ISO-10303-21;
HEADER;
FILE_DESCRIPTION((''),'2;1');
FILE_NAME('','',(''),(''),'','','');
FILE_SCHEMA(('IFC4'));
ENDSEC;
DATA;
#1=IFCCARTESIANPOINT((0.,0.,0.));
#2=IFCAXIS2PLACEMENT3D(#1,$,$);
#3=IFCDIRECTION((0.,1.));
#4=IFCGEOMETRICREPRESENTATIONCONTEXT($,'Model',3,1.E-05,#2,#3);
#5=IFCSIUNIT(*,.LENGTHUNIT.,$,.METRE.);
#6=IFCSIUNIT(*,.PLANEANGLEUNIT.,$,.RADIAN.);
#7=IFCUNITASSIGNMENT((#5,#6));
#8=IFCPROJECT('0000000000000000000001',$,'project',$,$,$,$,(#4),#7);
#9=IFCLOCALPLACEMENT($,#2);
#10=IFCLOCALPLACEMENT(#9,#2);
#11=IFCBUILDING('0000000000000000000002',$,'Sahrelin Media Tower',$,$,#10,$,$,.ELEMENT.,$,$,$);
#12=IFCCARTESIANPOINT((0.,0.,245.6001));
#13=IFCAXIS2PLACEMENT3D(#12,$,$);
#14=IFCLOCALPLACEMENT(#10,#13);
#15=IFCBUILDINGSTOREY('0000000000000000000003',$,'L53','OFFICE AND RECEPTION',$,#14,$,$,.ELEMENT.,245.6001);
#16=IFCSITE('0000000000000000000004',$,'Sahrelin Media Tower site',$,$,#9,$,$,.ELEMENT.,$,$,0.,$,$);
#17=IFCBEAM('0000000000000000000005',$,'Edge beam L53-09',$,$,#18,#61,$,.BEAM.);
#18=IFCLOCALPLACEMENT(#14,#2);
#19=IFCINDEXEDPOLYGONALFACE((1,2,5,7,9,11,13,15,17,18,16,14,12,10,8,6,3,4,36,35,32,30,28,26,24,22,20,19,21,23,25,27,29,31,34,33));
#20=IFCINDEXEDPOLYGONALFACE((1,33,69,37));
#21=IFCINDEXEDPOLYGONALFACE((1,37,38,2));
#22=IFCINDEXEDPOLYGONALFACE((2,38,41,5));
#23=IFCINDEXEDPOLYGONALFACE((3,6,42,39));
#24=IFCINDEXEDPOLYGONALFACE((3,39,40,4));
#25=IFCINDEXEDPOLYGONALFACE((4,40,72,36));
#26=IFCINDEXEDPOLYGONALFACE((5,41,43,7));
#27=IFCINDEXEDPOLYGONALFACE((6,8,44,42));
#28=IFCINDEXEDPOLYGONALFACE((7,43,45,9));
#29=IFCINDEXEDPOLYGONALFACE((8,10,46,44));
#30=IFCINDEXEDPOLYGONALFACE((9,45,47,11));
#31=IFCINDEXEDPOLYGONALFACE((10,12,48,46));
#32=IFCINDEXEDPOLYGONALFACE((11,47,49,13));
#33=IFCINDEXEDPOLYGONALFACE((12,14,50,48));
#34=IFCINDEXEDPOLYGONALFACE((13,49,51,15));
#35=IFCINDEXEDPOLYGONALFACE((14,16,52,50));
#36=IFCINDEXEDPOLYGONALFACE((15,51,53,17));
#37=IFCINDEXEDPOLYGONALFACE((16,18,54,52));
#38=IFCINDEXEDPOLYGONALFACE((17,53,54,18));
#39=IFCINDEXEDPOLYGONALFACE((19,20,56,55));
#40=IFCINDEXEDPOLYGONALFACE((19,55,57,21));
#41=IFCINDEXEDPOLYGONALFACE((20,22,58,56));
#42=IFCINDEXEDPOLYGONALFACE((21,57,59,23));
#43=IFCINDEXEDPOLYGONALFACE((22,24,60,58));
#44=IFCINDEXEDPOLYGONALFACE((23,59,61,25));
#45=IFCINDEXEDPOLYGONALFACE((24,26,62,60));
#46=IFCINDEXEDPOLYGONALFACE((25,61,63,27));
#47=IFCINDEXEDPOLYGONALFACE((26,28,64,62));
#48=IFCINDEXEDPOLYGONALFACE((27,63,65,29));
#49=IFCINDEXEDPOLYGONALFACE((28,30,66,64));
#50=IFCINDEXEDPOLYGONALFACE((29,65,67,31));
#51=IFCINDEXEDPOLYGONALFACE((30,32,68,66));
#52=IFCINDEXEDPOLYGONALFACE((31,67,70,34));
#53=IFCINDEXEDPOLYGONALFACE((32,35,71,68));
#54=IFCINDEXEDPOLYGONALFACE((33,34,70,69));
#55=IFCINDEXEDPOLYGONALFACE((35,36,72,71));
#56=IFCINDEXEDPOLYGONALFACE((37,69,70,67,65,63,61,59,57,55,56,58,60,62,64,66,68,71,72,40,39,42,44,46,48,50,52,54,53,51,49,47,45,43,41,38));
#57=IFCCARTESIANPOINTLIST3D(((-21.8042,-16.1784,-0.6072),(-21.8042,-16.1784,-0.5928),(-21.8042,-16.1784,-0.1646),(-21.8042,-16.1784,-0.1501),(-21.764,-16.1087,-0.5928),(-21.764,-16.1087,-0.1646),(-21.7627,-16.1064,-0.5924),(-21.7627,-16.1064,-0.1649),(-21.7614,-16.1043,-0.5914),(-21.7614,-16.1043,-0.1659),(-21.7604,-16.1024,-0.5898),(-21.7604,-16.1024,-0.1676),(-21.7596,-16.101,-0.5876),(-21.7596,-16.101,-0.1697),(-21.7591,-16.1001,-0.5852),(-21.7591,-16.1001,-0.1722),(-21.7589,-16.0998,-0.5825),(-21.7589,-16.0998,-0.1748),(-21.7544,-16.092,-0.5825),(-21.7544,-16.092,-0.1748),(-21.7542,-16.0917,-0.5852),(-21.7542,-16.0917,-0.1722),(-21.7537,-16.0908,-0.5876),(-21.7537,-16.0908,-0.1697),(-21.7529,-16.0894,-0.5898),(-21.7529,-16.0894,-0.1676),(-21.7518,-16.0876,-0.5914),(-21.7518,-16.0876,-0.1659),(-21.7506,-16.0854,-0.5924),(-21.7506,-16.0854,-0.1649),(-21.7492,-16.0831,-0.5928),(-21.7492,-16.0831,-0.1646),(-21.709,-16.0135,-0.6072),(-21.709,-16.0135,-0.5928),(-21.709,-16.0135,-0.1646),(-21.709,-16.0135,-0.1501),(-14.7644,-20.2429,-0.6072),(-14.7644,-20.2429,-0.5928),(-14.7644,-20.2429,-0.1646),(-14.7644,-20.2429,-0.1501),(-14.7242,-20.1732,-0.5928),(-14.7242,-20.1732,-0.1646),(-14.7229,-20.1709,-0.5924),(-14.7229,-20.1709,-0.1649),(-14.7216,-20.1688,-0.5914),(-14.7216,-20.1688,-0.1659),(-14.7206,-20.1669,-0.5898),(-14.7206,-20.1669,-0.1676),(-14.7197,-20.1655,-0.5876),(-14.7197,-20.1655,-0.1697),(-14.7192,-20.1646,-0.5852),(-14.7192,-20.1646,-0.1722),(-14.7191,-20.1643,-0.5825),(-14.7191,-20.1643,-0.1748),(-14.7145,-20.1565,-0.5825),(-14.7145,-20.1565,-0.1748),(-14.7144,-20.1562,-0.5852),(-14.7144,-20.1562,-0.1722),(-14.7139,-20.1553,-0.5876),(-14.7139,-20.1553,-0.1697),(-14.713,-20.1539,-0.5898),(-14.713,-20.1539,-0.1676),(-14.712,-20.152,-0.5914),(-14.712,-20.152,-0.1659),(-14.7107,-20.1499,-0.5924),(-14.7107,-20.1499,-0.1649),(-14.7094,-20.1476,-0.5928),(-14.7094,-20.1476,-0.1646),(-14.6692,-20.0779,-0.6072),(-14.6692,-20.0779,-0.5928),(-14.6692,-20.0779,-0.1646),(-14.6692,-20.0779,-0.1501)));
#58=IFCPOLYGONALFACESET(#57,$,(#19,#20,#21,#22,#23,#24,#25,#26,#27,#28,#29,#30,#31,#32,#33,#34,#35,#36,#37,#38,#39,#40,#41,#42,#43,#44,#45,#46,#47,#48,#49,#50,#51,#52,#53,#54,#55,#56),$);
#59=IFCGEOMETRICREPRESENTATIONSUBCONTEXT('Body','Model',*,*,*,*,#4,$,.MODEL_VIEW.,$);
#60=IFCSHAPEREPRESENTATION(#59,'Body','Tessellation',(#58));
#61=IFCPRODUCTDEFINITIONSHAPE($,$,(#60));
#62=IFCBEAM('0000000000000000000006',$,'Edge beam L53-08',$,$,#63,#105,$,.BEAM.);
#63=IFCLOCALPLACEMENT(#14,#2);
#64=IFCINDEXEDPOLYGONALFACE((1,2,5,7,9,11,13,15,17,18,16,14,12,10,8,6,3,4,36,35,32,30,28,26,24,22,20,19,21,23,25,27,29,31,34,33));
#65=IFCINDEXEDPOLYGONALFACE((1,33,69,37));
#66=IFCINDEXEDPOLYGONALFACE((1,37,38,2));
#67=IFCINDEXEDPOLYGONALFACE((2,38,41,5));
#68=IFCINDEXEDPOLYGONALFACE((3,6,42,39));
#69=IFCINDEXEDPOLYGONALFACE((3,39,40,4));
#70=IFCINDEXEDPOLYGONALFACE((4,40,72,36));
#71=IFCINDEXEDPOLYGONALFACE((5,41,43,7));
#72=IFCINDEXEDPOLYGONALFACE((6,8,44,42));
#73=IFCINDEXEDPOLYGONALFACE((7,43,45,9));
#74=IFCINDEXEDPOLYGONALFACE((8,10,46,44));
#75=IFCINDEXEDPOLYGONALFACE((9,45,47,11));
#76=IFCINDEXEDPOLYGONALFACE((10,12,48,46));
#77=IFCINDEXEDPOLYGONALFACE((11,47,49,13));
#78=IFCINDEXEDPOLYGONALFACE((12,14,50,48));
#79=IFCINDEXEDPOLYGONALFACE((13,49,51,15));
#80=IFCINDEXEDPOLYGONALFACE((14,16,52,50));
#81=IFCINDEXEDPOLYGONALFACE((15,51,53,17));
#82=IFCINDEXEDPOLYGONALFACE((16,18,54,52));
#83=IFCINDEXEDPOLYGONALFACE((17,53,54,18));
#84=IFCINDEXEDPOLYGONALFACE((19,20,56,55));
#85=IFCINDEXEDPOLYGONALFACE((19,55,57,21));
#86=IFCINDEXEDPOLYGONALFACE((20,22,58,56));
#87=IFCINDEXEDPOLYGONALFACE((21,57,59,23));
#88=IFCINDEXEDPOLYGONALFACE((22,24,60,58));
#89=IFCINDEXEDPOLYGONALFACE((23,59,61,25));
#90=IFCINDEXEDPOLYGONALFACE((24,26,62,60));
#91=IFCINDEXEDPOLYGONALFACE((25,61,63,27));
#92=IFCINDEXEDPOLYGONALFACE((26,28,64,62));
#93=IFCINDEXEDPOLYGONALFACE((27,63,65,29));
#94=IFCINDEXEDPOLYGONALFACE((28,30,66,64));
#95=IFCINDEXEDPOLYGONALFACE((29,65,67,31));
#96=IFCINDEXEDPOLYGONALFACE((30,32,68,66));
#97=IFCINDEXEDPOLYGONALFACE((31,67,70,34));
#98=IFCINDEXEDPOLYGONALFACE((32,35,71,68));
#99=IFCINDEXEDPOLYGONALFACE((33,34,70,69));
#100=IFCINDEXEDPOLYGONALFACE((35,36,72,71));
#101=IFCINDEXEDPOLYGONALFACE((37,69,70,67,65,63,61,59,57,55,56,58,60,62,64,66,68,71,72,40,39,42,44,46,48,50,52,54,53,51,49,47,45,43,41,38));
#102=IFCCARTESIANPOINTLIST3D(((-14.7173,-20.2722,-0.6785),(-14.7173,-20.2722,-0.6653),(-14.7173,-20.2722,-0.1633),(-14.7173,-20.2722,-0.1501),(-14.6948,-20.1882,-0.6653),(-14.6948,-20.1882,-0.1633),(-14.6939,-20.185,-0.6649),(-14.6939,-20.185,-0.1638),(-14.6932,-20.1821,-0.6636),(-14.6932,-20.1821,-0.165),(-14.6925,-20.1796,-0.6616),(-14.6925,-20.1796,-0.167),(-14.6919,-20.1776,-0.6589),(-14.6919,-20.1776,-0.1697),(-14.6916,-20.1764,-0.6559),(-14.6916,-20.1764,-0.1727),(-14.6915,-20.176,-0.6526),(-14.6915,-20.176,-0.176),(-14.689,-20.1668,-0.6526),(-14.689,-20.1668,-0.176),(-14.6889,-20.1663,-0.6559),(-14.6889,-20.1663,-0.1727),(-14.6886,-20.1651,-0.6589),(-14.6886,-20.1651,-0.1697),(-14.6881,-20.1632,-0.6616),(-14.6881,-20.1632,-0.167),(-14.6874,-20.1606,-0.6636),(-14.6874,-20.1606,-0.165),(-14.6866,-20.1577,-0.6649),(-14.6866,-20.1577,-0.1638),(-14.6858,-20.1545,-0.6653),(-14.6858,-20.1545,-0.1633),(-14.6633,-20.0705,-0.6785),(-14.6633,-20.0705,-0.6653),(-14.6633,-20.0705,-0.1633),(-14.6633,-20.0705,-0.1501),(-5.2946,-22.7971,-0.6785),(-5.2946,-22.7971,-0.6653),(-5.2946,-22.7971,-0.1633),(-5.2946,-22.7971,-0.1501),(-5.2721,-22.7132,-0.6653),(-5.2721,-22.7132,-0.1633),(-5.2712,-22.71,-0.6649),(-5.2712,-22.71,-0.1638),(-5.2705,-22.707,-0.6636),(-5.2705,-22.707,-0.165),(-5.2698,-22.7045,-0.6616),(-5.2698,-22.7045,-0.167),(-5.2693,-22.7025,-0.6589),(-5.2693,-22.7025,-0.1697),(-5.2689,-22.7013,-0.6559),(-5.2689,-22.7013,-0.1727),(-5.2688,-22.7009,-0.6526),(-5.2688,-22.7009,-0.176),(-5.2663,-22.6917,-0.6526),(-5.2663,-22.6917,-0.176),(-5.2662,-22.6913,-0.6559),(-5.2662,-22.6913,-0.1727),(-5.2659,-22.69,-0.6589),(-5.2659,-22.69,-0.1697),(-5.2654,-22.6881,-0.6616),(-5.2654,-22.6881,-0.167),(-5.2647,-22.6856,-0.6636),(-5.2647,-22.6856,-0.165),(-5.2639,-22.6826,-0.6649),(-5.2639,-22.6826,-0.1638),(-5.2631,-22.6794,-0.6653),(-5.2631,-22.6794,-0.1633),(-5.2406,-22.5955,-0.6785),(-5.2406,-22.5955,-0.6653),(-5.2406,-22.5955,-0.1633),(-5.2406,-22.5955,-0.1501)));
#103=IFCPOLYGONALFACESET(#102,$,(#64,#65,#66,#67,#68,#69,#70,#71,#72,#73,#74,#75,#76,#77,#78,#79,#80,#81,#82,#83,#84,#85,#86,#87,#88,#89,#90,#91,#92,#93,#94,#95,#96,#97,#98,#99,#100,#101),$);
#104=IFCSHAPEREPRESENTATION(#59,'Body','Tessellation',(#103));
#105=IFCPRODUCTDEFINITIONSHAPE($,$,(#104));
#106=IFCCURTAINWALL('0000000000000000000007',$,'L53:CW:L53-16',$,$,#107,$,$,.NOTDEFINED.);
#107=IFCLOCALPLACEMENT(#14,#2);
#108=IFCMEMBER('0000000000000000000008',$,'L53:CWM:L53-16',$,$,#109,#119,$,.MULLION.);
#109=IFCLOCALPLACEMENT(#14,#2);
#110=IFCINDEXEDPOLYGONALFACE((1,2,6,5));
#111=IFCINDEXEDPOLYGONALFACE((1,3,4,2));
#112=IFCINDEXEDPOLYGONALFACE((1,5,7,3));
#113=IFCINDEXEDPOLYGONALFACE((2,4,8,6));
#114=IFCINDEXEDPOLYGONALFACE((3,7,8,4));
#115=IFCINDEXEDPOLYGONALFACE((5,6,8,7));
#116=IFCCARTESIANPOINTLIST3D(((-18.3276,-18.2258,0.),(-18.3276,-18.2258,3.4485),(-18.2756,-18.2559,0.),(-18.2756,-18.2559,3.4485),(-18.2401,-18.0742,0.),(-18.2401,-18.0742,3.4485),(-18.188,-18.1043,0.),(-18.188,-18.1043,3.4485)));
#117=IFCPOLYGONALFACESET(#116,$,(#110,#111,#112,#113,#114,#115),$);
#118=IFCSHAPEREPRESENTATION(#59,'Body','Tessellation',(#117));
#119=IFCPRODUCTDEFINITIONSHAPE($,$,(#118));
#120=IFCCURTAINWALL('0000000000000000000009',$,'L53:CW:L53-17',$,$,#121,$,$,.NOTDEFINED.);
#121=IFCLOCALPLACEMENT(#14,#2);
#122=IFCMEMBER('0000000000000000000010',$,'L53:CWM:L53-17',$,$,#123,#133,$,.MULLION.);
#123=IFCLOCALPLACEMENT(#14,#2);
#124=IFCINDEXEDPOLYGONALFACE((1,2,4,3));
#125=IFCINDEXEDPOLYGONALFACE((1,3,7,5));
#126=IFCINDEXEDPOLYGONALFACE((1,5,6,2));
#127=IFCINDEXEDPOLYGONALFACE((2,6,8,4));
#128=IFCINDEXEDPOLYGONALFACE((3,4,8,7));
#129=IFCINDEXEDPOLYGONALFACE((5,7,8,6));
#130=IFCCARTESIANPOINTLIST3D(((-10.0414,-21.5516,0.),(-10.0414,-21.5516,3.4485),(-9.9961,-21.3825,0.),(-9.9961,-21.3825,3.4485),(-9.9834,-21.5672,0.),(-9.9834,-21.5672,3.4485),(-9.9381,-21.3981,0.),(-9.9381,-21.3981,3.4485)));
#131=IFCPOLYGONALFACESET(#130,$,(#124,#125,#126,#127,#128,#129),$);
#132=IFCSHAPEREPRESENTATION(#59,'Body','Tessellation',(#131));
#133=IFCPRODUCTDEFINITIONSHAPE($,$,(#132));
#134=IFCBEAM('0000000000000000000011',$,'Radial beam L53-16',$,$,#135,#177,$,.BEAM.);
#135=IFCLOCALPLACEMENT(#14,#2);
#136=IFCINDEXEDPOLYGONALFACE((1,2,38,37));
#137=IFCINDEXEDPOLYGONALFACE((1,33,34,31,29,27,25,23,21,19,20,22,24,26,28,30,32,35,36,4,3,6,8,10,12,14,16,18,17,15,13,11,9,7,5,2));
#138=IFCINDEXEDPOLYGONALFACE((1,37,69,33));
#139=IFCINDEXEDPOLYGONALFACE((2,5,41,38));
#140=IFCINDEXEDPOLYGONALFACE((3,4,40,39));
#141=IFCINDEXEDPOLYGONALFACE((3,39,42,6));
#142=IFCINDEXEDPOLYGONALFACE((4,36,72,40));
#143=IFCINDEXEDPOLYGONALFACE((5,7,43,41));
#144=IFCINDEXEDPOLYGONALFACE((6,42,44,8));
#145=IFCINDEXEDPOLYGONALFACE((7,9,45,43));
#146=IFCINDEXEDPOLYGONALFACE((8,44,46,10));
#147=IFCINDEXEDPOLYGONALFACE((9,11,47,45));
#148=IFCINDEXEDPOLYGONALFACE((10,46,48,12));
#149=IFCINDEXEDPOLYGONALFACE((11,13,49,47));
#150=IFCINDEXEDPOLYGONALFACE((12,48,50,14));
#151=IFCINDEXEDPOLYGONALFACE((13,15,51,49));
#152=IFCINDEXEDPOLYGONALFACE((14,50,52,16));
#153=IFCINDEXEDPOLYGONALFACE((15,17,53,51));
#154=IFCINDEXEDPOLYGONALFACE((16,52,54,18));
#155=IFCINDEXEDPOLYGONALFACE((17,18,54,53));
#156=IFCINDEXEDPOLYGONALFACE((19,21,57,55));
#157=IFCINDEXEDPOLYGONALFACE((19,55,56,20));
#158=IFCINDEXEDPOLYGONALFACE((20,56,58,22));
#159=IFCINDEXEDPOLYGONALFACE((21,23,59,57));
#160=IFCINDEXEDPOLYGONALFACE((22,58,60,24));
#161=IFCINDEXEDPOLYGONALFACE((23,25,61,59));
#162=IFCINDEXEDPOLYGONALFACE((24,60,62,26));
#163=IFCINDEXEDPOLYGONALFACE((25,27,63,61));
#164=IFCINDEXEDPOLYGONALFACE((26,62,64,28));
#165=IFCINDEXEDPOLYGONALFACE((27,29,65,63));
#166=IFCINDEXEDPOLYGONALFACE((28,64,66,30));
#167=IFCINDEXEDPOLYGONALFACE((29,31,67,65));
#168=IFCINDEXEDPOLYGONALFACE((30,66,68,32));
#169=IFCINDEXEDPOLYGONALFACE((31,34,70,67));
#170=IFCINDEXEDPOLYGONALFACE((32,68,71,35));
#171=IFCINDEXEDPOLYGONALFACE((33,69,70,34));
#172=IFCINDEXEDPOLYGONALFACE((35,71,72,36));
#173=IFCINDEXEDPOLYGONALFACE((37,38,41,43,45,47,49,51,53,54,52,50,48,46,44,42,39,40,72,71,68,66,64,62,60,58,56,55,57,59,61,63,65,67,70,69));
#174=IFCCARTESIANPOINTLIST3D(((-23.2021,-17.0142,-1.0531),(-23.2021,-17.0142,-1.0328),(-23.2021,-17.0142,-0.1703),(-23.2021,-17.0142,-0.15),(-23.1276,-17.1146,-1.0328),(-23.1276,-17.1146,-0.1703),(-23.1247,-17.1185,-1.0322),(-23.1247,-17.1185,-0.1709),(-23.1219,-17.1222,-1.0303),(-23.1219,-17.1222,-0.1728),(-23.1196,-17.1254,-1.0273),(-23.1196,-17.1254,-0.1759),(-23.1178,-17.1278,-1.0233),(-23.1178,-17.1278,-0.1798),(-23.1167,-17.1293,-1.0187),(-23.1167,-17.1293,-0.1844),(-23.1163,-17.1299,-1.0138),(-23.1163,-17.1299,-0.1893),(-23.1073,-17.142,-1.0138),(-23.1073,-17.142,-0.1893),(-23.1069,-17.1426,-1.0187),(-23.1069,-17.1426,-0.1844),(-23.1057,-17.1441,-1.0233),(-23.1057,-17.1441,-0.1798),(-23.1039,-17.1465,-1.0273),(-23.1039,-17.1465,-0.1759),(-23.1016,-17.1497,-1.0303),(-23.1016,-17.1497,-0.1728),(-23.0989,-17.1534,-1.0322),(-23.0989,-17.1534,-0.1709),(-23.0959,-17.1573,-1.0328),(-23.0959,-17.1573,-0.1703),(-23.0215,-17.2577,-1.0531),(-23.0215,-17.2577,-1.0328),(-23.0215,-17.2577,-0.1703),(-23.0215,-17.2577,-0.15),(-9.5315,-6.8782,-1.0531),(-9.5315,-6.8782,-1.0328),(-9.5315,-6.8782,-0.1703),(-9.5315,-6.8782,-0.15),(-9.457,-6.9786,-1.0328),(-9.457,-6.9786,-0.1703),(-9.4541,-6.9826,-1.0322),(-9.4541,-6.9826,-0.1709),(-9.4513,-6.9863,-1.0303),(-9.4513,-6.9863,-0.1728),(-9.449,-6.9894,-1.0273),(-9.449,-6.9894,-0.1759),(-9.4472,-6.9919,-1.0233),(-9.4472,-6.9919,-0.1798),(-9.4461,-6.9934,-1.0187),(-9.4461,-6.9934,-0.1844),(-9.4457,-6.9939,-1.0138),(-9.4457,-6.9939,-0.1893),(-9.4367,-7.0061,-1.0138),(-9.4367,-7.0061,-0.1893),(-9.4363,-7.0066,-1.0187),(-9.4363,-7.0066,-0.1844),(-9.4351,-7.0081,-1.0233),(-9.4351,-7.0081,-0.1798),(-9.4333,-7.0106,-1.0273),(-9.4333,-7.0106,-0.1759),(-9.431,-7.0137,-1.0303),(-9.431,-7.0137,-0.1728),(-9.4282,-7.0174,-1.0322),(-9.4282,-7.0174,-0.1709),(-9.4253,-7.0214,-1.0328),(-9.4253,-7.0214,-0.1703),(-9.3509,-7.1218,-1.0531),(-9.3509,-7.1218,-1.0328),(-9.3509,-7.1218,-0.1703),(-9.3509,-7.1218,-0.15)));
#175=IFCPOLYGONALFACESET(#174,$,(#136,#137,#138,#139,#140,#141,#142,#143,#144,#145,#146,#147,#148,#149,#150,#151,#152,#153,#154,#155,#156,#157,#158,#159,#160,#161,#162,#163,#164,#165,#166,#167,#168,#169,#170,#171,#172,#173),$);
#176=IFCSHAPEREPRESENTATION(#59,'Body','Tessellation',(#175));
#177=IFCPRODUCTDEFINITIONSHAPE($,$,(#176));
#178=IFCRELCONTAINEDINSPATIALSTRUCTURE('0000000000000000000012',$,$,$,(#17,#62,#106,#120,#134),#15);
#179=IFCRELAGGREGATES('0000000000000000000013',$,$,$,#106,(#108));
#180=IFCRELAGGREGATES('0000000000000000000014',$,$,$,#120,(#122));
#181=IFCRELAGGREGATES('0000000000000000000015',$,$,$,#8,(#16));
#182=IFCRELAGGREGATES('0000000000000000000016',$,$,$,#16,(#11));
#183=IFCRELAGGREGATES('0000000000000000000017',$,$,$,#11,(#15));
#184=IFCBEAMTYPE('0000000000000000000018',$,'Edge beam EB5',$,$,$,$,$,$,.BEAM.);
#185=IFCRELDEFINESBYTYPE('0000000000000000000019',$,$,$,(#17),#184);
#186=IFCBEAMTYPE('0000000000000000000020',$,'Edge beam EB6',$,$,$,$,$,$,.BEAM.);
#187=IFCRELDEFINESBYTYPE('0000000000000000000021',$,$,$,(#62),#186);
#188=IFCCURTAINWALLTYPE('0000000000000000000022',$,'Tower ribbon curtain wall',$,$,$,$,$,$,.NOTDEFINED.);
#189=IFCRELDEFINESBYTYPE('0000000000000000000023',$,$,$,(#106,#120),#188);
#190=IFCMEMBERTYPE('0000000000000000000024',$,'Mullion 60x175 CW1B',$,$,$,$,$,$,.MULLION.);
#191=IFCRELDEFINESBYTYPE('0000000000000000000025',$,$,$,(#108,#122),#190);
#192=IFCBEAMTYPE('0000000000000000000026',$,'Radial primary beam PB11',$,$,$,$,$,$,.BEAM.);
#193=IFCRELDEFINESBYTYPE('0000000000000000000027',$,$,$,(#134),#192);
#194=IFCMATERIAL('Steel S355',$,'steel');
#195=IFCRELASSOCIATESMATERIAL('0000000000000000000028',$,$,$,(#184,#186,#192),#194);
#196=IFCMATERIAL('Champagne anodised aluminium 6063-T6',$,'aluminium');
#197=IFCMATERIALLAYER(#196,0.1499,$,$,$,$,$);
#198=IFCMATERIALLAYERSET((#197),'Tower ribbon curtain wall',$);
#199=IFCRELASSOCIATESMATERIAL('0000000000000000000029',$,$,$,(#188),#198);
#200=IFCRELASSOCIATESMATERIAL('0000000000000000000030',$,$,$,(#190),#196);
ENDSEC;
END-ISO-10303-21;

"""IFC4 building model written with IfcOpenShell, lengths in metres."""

from ifc_helpers import new_model, si_unit, direction, frame, origin, origin_2d, place, context, subcontext, project, spatial, rectangle, i_section, extrude, material, layer, layer_set, material_profile, profile_set, type_object, element, aggregate, save


model = new_model("IFC4")

# Units and contexts
model_context = context("Model", 3, precision=1e-05, world=origin(), true_north=direction((0.0, 1.0)))
body_context = subcontext(model_context, "Body", "Model", "MODEL_VIEW")
ifc_project = project(units=[si_unit("LENGTHUNIT", "METRE"), si_unit("PLANEANGLEUNIT", "RADIAN")], contexts=[model_context])

# Site, building, storey
site_placement = place(None, origin())
site = spatial("IfcSite", under=ifc_project, at=site_placement, Name="Sahrelin Media Tower site", CompositionType="ELEMENT", RefElevation=0.0)
building_placement = place(site_placement, origin())
building = spatial("IfcBuilding", under=site, at=building_placement, Name="Sahrelin Media Tower", CompositionType="ELEMENT")
storey_placement = place(building_placement, frame((0.0, 0.0, 245.6001)))
storey = spatial("IfcBuildingStorey", under=building, at=storey_placement, Name="L53", Description="OFFICE AND RECEPTION", CompositionType="ELEMENT", Elevation=245.6001)

# Beams
ifc_material_1 = material(Name="Steel S355", Category="steel")
ifc_material_profile_1 = material_profile(ifc_material_1, i_section(OverallWidth=0.1904, OverallDepth=0.457, WebThickness=0.009, FlangeThickness=0.0144, FilletRadius=0.0103, at=origin_2d()), Name="UB 457x191x74")
ifc_profile_set_1 = profile_set([ifc_material_profile_1], Name="Steel S355")
beam_type_1 = type_object("IfcBeamType", Name="Edge beam EB5", PredefinedType="BEAM", material=ifc_profile_set_1)
beam_1_placement = place(storey_placement, frame((-14.7168, -20.1604, -0.3787), z_axis=(-0.866024, 0.500002, 0.0), x_axis=(-0.500002, -0.866024, 0.0)))
element("IfcBeam", 1, at=beam_1_placement, inside=storey, type_object=beam_type_1, Name="Edge beam L53-09", PredefinedType="BEAM", context=body_context, shape_type="SweptSolid", body=[
    extrude(i_section(OverallWidth=0.1904, OverallDepth=0.457, WebThickness=0.009, FlangeThickness=0.0144, FilletRadius=0.0103, at=origin_2d()), origin(), (0.0, 0.0, 1.0), 8.1289),
])
ifc_material_profile_2 = material_profile(ifc_material_1, i_section(OverallWidth=0.2087, OverallDepth=0.5283, WebThickness=0.0095, FlangeThickness=0.0132, FilletRadius=0.0127, at=origin_2d()), Name="UB 533x210x82")
ifc_profile_set_2 = profile_set([ifc_material_profile_2], Name="Steel S355")
beam_type_2 = type_object("IfcBeamType", Name="Edge beam EB6", PredefinedType="BEAM", material=ifc_profile_set_2)
beam_2_placement = place(storey_placement, frame((-5.2676, -22.6963, -0.4143), z_axis=(-0.965923, 0.258831, 0.0), x_axis=(-0.258831, -0.965923, 0.0)))
element("IfcBeam", 2, at=beam_2_placement, inside=storey, type_object=beam_type_2, Name="Edge beam L53-08", PredefinedType="BEAM", context=body_context, shape_type="SweptSolid", body=[
    extrude(i_section(OverallWidth=0.2087, OverallDepth=0.5283, WebThickness=0.0095, FlangeThickness=0.0132, FilletRadius=0.0127, at=origin_2d()), origin(), (0.0, 0.0, 1.0), 9.7551),
])

# Curtain walls, members
ifc_material_2 = material(Name="Champagne anodised aluminium 6063-T6", Category="aluminium")
ifc_layer_1 = layer(ifc_material_2, 0.1499)
ifc_layer_set_1 = layer_set([ifc_layer_1], Name="Tower ribbon curtain wall")
curtain_wall_type = type_object("IfcCurtainWallType", Name="Tower ribbon curtain wall", PredefinedType="NOTDEFINED", material=ifc_layer_set_1)
curtain_wall_1_placement = place(storey_placement, frame((-18.3115, -18.2583, 0.0), z_axis=(0.0, 0.0, 1.0), x_axis=(1.0, 0.0, 0.0)))
curtain_wall_1 = element("IfcCurtainWall", 3, at=curtain_wall_1_placement, inside=storey, type_object=curtain_wall_type, Name="L53:CW:L53-16", PredefinedType="NOTDEFINED")
ifc_material_profile_3 = material_profile(ifc_material_2, rectangle(XDim=0.0601, YDim=0.175, at=origin_2d()), Name="Mullion 60x175")
ifc_profile_set_3 = profile_set([ifc_material_profile_3], Name="Champagne anodised aluminium 6063-T6")
member_type_1 = type_object("IfcMemberType", Name="Mullion 60x175 CW1B", PredefinedType="MULLION", material=ifc_profile_set_3)
member_1_placement = place(storey_placement, frame((-18.2578, -18.165, 0.0), z_axis=(0.0, 0.0, 1.0), x_axis=(0.866027, -0.499997, 0.0)))
member_1 = element("IfcMember", 4, at=member_1_placement, type_object=member_type_1, Name="L53:CWM:L53-16", PredefinedType="MULLION", context=body_context, shape_type="SweptSolid", body=[
    extrude(rectangle(XDim=0.0601, YDim=0.175, at=origin_2d()), origin(), (0.0, 0.0, 1.0), 3.4485),
])
aggregate(curtain_wall_1, [member_1])
curtain_wall_2_placement = place(storey_placement, frame((-10.0176, -21.5786, 0.0), z_axis=(0.0, 0.0, 1.0), x_axis=(1.0, 0.0, 0.0)))
curtain_wall_2 = element("IfcCurtainWall", 5, at=curtain_wall_2_placement, inside=storey, type_object=curtain_wall_type, Name="L53:CW:L53-17", PredefinedType="NOTDEFINED")
member_2_placement = place(storey_placement, frame((-9.9897, -21.4749, 0.0), z_axis=(0.0, 0.0, 1.0), x_axis=(0.965925, -0.258821, 0.0)))
member_2 = element("IfcMember", 6, at=member_2_placement, type_object=member_type_1, Name="L53:CWM:L53-17", PredefinedType="MULLION", context=body_context, shape_type="SweptSolid", body=[
    extrude(rectangle(XDim=0.0601, YDim=0.175, at=origin_2d()), origin(), (0.0, 0.0, 1.0), 3.4485),
])

# Beam
ifc_material_profile_4 = material_profile(ifc_material_1, i_section(OverallWidth=0.3032, OverallDepth=0.9031, WebThickness=0.0151, FlangeThickness=0.0203, FilletRadius=0.019, at=origin_2d()), Name="UB 914x305x201")
ifc_profile_set_4 = profile_set([ifc_material_profile_4], Name="Steel S355")
beam_type_3 = type_object("IfcBeamType", Name="Radial primary beam PB11", PredefinedType="BEAM", material=ifc_profile_set_4)
beam_3_placement = place(storey_placement, frame((-9.4412, -7.0, -0.6016), z_axis=(-0.803288, -0.595591, 0.0), x_axis=(0.595591, -0.803288, 0.0)))
element("IfcBeam", 7, at=beam_3_placement, inside=storey, type_object=beam_type_3, Name="Radial beam L53-16", PredefinedType="BEAM", context=body_context, shape_type="SweptSolid", body=[
    extrude(i_section(OverallWidth=0.3032, OverallDepth=0.9031, WebThickness=0.0151, FlangeThickness=0.0203, FilletRadius=0.019, at=origin_2d()), origin(), (0.0, 0.0, 1.0), 17.0183),
])

aggregate(curtain_wall_2, [member_2])

save(model, "model.ifc")
